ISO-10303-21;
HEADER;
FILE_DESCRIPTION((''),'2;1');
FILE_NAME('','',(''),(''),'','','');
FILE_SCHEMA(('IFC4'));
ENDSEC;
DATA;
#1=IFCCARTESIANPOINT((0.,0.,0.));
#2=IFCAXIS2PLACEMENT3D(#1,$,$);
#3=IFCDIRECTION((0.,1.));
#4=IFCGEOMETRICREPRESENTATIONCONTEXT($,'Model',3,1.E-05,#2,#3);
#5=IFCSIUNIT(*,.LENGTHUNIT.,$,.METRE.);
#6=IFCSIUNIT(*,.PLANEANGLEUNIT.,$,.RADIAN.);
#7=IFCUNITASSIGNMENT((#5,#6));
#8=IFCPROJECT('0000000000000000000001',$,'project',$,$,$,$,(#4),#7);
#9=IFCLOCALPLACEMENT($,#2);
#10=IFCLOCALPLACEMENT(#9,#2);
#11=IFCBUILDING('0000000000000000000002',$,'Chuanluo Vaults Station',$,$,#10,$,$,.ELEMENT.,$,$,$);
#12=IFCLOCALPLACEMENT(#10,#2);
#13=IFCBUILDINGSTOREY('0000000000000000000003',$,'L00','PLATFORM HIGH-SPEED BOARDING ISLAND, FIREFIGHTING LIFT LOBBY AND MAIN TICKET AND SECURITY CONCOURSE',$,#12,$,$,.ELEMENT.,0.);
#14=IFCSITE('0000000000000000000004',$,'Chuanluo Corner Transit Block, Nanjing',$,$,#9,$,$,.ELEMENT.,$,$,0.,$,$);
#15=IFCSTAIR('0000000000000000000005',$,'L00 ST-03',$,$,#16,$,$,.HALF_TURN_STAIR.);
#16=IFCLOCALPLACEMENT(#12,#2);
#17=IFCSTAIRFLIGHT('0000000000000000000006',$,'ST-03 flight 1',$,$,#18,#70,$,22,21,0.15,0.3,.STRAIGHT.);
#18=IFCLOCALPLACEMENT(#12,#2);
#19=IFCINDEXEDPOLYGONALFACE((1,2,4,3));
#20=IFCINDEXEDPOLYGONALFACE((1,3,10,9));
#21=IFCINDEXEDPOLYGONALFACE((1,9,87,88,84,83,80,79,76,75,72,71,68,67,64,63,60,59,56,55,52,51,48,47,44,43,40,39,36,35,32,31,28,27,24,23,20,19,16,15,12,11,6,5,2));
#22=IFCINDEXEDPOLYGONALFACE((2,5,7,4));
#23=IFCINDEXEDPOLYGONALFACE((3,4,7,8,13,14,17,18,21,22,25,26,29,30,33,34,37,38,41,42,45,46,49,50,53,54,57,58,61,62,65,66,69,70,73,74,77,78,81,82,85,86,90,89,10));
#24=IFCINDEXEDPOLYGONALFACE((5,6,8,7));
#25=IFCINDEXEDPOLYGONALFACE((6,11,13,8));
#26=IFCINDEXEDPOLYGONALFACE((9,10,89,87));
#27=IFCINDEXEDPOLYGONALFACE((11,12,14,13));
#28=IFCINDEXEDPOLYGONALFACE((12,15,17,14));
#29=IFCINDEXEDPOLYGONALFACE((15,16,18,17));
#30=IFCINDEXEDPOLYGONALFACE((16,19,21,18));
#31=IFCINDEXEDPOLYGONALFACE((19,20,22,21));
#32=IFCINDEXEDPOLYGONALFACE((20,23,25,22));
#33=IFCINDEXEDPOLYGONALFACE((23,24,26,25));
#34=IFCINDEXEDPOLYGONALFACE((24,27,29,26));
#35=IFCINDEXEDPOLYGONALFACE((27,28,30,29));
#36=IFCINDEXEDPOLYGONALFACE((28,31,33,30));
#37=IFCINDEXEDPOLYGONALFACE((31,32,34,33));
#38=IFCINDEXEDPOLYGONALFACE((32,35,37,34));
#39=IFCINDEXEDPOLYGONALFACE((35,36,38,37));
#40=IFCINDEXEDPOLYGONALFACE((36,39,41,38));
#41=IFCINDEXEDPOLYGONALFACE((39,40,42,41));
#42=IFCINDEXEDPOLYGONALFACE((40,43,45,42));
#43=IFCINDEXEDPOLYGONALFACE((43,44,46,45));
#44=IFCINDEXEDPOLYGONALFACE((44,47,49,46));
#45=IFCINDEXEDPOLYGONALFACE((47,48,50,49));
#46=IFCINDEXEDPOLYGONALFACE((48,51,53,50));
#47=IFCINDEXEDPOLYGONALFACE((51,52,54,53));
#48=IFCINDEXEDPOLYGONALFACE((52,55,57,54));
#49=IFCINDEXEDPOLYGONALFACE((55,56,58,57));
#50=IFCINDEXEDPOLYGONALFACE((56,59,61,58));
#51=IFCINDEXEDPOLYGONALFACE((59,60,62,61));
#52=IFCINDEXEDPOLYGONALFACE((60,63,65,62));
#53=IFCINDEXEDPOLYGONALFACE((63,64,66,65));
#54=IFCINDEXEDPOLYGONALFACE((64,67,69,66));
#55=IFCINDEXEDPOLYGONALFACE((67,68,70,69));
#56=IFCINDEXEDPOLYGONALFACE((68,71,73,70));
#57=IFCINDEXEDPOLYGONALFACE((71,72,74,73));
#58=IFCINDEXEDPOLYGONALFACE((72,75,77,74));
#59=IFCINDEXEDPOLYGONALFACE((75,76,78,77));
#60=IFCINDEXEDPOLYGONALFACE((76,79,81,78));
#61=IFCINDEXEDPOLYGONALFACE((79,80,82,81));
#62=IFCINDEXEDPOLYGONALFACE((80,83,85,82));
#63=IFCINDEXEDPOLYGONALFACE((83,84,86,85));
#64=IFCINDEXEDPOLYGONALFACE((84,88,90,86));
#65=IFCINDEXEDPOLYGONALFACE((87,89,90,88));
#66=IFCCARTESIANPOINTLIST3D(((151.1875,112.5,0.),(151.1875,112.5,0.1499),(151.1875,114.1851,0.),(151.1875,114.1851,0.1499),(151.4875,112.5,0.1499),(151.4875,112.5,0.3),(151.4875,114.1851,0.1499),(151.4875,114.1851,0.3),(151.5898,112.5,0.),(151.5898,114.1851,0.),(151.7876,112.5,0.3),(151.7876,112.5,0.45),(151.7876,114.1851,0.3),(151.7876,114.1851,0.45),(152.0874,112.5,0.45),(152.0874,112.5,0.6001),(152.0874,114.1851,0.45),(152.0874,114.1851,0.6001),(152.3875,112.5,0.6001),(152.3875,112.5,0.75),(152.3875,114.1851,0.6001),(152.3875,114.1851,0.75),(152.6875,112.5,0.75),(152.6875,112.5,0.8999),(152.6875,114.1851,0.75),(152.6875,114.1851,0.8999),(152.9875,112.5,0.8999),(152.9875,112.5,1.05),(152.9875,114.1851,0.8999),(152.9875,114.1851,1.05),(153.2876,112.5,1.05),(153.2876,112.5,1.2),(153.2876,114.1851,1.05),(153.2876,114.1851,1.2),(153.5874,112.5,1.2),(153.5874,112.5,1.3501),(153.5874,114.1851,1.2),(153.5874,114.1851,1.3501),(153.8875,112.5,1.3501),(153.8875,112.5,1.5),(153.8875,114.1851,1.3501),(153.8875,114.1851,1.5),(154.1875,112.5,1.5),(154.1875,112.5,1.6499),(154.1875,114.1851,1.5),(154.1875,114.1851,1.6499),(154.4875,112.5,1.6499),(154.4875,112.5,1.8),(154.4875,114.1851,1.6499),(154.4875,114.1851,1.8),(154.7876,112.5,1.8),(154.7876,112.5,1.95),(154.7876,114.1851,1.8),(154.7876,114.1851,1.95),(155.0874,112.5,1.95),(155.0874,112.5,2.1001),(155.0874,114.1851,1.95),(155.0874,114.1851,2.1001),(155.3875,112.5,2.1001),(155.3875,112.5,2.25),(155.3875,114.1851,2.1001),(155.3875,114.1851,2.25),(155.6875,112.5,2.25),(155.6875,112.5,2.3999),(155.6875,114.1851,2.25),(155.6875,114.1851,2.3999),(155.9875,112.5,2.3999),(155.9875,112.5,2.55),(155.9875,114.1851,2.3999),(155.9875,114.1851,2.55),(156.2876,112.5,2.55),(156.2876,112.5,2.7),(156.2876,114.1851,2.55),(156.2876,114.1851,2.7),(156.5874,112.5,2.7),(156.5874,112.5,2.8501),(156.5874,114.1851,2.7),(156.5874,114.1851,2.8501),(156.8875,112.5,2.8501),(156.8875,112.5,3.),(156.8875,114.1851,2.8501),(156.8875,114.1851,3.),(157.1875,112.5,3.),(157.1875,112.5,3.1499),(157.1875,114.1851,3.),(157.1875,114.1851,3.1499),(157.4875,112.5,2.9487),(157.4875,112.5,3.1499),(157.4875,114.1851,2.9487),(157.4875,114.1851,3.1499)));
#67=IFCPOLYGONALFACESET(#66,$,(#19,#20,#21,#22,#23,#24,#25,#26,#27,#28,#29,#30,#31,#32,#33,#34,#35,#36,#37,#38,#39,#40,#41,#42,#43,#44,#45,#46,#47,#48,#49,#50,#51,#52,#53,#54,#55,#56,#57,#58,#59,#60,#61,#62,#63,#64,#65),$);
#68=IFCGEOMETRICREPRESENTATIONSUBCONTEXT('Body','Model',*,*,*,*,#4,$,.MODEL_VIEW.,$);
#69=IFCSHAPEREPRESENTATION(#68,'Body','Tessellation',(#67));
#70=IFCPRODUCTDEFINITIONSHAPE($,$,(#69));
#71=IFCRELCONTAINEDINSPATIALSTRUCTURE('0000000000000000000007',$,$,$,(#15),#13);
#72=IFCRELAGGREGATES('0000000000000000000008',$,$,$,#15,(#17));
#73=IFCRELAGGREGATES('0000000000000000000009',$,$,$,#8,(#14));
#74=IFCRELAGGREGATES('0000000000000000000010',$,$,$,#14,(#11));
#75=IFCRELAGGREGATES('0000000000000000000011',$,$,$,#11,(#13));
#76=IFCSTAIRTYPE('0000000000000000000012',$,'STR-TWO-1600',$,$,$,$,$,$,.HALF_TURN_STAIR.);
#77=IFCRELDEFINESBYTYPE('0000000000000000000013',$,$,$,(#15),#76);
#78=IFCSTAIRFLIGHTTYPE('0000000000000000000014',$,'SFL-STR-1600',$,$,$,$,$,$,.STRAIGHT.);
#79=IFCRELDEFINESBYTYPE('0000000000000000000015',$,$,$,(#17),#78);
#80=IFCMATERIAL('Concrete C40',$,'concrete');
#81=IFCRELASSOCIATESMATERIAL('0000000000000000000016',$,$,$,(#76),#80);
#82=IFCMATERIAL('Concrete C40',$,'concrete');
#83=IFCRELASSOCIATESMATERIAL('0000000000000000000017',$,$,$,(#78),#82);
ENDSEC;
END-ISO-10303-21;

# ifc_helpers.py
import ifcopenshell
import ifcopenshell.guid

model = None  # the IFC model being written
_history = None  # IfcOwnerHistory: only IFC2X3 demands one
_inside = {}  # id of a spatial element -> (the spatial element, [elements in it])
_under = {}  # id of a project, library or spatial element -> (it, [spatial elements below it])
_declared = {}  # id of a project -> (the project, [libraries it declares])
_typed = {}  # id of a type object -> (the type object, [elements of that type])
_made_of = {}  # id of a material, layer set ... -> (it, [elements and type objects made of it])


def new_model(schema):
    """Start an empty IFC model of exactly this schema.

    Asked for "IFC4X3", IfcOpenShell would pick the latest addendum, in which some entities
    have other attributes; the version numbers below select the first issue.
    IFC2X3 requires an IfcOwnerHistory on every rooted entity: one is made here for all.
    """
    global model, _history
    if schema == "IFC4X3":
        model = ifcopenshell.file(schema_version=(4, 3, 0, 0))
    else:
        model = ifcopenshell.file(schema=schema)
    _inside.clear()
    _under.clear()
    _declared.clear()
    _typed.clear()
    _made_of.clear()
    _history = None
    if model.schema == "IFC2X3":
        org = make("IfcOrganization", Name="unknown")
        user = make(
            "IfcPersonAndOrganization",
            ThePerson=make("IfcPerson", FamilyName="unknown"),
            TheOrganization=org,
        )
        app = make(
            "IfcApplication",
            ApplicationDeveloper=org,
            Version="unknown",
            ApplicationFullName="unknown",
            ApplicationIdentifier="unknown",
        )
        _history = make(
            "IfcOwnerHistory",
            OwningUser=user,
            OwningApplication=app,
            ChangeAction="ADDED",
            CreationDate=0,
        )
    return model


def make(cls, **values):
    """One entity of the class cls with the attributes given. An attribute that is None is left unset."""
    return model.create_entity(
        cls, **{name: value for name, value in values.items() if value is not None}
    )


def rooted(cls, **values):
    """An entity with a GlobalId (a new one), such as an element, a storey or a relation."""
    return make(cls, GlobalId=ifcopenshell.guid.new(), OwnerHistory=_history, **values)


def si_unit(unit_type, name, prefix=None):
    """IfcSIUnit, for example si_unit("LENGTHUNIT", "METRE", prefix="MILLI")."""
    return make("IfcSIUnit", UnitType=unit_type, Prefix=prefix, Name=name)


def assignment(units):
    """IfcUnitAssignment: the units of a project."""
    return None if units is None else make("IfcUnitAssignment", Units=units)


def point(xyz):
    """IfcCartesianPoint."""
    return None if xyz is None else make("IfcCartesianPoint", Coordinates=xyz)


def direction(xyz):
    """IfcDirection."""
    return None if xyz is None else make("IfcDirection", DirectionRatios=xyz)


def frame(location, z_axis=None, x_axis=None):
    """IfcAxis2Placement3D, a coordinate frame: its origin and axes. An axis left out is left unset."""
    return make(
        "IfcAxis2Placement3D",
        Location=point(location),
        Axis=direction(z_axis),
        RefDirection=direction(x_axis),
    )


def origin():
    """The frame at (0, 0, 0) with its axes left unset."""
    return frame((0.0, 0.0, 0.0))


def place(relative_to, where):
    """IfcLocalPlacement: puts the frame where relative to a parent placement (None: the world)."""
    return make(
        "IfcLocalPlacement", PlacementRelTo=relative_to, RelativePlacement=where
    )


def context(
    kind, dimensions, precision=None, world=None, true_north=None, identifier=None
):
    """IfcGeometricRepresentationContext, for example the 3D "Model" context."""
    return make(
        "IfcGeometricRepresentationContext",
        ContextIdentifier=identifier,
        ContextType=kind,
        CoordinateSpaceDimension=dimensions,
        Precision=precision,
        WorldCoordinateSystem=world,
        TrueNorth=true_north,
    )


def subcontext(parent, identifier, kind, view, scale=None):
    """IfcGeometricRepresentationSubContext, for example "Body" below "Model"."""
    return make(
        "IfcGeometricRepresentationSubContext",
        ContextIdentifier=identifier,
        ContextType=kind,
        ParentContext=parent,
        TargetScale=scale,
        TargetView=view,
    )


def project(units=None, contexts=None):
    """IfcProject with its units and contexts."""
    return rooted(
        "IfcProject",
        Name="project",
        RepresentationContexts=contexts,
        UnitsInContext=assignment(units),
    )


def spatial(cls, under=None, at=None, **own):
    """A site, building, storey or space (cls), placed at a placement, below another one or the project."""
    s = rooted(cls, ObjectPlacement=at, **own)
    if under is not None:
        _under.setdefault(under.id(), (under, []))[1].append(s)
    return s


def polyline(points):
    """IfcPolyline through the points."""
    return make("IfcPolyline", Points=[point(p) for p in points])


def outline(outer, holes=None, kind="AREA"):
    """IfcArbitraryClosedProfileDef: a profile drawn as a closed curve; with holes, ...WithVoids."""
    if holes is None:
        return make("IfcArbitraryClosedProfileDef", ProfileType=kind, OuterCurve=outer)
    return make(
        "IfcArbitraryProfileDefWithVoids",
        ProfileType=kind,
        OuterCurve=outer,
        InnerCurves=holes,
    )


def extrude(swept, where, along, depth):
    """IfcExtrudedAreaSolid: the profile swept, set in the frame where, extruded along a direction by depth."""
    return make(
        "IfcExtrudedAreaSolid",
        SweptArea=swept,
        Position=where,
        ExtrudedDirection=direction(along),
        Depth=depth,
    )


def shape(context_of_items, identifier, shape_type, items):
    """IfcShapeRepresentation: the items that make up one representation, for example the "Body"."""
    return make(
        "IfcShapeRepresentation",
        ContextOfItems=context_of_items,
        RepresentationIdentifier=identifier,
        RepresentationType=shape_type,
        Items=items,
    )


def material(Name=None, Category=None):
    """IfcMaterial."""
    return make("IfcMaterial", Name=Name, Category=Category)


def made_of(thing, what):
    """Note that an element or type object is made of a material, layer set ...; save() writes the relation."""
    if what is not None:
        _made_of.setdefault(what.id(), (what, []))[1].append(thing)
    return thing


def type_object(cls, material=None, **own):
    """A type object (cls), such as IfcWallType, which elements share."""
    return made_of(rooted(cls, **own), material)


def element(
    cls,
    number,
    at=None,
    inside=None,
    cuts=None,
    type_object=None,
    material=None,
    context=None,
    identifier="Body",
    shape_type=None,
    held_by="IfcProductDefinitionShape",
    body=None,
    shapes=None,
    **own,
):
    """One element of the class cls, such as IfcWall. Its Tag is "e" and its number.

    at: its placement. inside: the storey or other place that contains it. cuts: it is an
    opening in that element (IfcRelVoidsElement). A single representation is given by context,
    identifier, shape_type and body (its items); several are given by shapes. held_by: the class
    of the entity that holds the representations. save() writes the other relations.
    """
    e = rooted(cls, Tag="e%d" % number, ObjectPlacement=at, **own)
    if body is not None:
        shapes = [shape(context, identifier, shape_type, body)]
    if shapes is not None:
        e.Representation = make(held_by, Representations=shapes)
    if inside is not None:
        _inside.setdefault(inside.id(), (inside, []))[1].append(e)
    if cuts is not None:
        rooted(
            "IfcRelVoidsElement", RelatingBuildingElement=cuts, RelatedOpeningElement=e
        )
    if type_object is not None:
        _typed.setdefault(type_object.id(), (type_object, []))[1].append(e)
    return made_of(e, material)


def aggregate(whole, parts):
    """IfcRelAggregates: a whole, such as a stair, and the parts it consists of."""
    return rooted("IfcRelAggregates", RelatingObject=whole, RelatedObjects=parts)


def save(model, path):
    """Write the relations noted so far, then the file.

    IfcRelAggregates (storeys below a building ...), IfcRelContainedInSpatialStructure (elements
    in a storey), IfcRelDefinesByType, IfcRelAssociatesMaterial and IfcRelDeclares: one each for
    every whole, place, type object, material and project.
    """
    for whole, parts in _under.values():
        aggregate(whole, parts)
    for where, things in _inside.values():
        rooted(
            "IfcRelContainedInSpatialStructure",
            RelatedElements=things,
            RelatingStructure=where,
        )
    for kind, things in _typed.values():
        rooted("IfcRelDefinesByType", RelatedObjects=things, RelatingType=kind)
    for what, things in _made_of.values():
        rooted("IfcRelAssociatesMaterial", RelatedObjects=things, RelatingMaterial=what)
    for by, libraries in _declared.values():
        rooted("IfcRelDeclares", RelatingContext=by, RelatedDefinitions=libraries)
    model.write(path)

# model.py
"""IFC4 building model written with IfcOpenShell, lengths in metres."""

from ifc_helpers import new_model, si_unit, direction, frame, origin, place, context, subcontext, project, spatial, polyline, outline, extrude, material, type_object, element, aggregate, save


model = new_model("IFC4")

# Units and contexts
model_context = context("Model", 3, precision=1e-05, world=origin(), true_north=direction((0.0, 1.0)))
body_context = subcontext(model_context, "Body", "Model", "MODEL_VIEW")
ifc_project = project(units=[si_unit("LENGTHUNIT", "METRE"), si_unit("PLANEANGLEUNIT", "RADIAN")], contexts=[model_context])

# Site, building, storey
site_placement = place(None, origin())
site = spatial("IfcSite", under=ifc_project, at=site_placement, Name="Chuanluo Corner Transit Block, Nanjing", CompositionType="ELEMENT", RefElevation=0.0)
building_placement = place(site_placement, origin())
building = spatial("IfcBuilding", under=site, at=building_placement, Name="Chuanluo Vaults Station", CompositionType="ELEMENT")
storey_placement = place(building_placement, origin())
storey = spatial("IfcBuildingStorey", under=building, at=storey_placement, Name="L00", Description="PLATFORM HIGH-SPEED BOARDING ISLAND, FIREFIGHTING LIFT LOBBY AND MAIN TICKET AND SECURITY CONCOURSE", CompositionType="ELEMENT", Elevation=0.0)

# Stair, stair flight
ifc_material_1 = material(Name="Concrete C40", Category="concrete")
stair_type = type_object("IfcStairType", Name="STR-TWO-1600", PredefinedType="HALF_TURN_STAIR", material=ifc_material_1)
stair_placement = place(storey_placement, origin())
stair = element("IfcStair", 1, at=stair_placement, inside=storey, type_object=stair_type, Name="L00 ST-03", PredefinedType="HALF_TURN_STAIR")
ifc_material_2 = material(Name="Concrete C40", Category="concrete")
stair_flight_type = type_object("IfcStairFlightType", Name="SFL-STR-1600", PredefinedType="STRAIGHT", material=ifc_material_2)
stair_flight_placement = place(storey_placement, frame((151.1875, 113.3425, 0.0), z_axis=(0.0, 0.0, 1.0), x_axis=(1.0, 0.0, 0.0)))
stair_flight = element("IfcStairFlight", 2, at=stair_flight_placement, type_object=stair_flight_type, Name="ST-03 flight 1", NumberOfRisers=22, NumberOfTreads=21, PredefinedType="STRAIGHT", RiserHeight=0.15, TreadLength=0.3, context=body_context, shape_type="SweptSolid", body=[
    extrude(outline(polyline([(0.0, 0.0), (0.0, 0.1499), (0.3, 0.1499), (0.3, 0.3), (0.6001, 0.3), (0.6001, 0.45), (0.8999, 0.45), (0.8999, 0.6001), (1.2, 0.6001), (1.2, 0.75), (1.5, 0.75), (1.5, 0.8999), (1.8, 0.8999), (1.8, 1.05), (2.1001, 1.05), (2.1001, 1.2), (2.3999, 1.2), (2.3999, 1.3501), (2.7, 1.3501), (2.7, 1.5), (3.0, 1.5), (3.0, 1.6499), (3.3, 1.6499), (3.3, 1.8), (3.6001, 1.8), (3.6001, 1.95), (3.8999, 1.95), (3.8999, 2.1001), (4.2, 2.1001), (4.2, 2.25), (4.5, 2.25), (4.5, 2.3999), (4.8, 2.3999), (4.8, 2.55), (5.1001, 2.55), (5.1001, 2.7), (5.3999, 2.7), (5.3999, 2.8501), (5.7, 2.8501), (5.7, 3.0), (6.0, 3.0), (6.0, 3.1499), (6.3, 3.1499), (6.3, 3.3), (6.3, 2.9487), (0.4023, 0.0), (0.0, 0.0)])), frame((0.0, 0.8425, 0.0), z_axis=(0.0, -1.0, 0.0), x_axis=(1.0, 0.0, 0.0)), (0.0, 0.0, 1.0), 1.6851),
])
aggregate(stair, [stair_flight])

save(model, "model.ifc")
